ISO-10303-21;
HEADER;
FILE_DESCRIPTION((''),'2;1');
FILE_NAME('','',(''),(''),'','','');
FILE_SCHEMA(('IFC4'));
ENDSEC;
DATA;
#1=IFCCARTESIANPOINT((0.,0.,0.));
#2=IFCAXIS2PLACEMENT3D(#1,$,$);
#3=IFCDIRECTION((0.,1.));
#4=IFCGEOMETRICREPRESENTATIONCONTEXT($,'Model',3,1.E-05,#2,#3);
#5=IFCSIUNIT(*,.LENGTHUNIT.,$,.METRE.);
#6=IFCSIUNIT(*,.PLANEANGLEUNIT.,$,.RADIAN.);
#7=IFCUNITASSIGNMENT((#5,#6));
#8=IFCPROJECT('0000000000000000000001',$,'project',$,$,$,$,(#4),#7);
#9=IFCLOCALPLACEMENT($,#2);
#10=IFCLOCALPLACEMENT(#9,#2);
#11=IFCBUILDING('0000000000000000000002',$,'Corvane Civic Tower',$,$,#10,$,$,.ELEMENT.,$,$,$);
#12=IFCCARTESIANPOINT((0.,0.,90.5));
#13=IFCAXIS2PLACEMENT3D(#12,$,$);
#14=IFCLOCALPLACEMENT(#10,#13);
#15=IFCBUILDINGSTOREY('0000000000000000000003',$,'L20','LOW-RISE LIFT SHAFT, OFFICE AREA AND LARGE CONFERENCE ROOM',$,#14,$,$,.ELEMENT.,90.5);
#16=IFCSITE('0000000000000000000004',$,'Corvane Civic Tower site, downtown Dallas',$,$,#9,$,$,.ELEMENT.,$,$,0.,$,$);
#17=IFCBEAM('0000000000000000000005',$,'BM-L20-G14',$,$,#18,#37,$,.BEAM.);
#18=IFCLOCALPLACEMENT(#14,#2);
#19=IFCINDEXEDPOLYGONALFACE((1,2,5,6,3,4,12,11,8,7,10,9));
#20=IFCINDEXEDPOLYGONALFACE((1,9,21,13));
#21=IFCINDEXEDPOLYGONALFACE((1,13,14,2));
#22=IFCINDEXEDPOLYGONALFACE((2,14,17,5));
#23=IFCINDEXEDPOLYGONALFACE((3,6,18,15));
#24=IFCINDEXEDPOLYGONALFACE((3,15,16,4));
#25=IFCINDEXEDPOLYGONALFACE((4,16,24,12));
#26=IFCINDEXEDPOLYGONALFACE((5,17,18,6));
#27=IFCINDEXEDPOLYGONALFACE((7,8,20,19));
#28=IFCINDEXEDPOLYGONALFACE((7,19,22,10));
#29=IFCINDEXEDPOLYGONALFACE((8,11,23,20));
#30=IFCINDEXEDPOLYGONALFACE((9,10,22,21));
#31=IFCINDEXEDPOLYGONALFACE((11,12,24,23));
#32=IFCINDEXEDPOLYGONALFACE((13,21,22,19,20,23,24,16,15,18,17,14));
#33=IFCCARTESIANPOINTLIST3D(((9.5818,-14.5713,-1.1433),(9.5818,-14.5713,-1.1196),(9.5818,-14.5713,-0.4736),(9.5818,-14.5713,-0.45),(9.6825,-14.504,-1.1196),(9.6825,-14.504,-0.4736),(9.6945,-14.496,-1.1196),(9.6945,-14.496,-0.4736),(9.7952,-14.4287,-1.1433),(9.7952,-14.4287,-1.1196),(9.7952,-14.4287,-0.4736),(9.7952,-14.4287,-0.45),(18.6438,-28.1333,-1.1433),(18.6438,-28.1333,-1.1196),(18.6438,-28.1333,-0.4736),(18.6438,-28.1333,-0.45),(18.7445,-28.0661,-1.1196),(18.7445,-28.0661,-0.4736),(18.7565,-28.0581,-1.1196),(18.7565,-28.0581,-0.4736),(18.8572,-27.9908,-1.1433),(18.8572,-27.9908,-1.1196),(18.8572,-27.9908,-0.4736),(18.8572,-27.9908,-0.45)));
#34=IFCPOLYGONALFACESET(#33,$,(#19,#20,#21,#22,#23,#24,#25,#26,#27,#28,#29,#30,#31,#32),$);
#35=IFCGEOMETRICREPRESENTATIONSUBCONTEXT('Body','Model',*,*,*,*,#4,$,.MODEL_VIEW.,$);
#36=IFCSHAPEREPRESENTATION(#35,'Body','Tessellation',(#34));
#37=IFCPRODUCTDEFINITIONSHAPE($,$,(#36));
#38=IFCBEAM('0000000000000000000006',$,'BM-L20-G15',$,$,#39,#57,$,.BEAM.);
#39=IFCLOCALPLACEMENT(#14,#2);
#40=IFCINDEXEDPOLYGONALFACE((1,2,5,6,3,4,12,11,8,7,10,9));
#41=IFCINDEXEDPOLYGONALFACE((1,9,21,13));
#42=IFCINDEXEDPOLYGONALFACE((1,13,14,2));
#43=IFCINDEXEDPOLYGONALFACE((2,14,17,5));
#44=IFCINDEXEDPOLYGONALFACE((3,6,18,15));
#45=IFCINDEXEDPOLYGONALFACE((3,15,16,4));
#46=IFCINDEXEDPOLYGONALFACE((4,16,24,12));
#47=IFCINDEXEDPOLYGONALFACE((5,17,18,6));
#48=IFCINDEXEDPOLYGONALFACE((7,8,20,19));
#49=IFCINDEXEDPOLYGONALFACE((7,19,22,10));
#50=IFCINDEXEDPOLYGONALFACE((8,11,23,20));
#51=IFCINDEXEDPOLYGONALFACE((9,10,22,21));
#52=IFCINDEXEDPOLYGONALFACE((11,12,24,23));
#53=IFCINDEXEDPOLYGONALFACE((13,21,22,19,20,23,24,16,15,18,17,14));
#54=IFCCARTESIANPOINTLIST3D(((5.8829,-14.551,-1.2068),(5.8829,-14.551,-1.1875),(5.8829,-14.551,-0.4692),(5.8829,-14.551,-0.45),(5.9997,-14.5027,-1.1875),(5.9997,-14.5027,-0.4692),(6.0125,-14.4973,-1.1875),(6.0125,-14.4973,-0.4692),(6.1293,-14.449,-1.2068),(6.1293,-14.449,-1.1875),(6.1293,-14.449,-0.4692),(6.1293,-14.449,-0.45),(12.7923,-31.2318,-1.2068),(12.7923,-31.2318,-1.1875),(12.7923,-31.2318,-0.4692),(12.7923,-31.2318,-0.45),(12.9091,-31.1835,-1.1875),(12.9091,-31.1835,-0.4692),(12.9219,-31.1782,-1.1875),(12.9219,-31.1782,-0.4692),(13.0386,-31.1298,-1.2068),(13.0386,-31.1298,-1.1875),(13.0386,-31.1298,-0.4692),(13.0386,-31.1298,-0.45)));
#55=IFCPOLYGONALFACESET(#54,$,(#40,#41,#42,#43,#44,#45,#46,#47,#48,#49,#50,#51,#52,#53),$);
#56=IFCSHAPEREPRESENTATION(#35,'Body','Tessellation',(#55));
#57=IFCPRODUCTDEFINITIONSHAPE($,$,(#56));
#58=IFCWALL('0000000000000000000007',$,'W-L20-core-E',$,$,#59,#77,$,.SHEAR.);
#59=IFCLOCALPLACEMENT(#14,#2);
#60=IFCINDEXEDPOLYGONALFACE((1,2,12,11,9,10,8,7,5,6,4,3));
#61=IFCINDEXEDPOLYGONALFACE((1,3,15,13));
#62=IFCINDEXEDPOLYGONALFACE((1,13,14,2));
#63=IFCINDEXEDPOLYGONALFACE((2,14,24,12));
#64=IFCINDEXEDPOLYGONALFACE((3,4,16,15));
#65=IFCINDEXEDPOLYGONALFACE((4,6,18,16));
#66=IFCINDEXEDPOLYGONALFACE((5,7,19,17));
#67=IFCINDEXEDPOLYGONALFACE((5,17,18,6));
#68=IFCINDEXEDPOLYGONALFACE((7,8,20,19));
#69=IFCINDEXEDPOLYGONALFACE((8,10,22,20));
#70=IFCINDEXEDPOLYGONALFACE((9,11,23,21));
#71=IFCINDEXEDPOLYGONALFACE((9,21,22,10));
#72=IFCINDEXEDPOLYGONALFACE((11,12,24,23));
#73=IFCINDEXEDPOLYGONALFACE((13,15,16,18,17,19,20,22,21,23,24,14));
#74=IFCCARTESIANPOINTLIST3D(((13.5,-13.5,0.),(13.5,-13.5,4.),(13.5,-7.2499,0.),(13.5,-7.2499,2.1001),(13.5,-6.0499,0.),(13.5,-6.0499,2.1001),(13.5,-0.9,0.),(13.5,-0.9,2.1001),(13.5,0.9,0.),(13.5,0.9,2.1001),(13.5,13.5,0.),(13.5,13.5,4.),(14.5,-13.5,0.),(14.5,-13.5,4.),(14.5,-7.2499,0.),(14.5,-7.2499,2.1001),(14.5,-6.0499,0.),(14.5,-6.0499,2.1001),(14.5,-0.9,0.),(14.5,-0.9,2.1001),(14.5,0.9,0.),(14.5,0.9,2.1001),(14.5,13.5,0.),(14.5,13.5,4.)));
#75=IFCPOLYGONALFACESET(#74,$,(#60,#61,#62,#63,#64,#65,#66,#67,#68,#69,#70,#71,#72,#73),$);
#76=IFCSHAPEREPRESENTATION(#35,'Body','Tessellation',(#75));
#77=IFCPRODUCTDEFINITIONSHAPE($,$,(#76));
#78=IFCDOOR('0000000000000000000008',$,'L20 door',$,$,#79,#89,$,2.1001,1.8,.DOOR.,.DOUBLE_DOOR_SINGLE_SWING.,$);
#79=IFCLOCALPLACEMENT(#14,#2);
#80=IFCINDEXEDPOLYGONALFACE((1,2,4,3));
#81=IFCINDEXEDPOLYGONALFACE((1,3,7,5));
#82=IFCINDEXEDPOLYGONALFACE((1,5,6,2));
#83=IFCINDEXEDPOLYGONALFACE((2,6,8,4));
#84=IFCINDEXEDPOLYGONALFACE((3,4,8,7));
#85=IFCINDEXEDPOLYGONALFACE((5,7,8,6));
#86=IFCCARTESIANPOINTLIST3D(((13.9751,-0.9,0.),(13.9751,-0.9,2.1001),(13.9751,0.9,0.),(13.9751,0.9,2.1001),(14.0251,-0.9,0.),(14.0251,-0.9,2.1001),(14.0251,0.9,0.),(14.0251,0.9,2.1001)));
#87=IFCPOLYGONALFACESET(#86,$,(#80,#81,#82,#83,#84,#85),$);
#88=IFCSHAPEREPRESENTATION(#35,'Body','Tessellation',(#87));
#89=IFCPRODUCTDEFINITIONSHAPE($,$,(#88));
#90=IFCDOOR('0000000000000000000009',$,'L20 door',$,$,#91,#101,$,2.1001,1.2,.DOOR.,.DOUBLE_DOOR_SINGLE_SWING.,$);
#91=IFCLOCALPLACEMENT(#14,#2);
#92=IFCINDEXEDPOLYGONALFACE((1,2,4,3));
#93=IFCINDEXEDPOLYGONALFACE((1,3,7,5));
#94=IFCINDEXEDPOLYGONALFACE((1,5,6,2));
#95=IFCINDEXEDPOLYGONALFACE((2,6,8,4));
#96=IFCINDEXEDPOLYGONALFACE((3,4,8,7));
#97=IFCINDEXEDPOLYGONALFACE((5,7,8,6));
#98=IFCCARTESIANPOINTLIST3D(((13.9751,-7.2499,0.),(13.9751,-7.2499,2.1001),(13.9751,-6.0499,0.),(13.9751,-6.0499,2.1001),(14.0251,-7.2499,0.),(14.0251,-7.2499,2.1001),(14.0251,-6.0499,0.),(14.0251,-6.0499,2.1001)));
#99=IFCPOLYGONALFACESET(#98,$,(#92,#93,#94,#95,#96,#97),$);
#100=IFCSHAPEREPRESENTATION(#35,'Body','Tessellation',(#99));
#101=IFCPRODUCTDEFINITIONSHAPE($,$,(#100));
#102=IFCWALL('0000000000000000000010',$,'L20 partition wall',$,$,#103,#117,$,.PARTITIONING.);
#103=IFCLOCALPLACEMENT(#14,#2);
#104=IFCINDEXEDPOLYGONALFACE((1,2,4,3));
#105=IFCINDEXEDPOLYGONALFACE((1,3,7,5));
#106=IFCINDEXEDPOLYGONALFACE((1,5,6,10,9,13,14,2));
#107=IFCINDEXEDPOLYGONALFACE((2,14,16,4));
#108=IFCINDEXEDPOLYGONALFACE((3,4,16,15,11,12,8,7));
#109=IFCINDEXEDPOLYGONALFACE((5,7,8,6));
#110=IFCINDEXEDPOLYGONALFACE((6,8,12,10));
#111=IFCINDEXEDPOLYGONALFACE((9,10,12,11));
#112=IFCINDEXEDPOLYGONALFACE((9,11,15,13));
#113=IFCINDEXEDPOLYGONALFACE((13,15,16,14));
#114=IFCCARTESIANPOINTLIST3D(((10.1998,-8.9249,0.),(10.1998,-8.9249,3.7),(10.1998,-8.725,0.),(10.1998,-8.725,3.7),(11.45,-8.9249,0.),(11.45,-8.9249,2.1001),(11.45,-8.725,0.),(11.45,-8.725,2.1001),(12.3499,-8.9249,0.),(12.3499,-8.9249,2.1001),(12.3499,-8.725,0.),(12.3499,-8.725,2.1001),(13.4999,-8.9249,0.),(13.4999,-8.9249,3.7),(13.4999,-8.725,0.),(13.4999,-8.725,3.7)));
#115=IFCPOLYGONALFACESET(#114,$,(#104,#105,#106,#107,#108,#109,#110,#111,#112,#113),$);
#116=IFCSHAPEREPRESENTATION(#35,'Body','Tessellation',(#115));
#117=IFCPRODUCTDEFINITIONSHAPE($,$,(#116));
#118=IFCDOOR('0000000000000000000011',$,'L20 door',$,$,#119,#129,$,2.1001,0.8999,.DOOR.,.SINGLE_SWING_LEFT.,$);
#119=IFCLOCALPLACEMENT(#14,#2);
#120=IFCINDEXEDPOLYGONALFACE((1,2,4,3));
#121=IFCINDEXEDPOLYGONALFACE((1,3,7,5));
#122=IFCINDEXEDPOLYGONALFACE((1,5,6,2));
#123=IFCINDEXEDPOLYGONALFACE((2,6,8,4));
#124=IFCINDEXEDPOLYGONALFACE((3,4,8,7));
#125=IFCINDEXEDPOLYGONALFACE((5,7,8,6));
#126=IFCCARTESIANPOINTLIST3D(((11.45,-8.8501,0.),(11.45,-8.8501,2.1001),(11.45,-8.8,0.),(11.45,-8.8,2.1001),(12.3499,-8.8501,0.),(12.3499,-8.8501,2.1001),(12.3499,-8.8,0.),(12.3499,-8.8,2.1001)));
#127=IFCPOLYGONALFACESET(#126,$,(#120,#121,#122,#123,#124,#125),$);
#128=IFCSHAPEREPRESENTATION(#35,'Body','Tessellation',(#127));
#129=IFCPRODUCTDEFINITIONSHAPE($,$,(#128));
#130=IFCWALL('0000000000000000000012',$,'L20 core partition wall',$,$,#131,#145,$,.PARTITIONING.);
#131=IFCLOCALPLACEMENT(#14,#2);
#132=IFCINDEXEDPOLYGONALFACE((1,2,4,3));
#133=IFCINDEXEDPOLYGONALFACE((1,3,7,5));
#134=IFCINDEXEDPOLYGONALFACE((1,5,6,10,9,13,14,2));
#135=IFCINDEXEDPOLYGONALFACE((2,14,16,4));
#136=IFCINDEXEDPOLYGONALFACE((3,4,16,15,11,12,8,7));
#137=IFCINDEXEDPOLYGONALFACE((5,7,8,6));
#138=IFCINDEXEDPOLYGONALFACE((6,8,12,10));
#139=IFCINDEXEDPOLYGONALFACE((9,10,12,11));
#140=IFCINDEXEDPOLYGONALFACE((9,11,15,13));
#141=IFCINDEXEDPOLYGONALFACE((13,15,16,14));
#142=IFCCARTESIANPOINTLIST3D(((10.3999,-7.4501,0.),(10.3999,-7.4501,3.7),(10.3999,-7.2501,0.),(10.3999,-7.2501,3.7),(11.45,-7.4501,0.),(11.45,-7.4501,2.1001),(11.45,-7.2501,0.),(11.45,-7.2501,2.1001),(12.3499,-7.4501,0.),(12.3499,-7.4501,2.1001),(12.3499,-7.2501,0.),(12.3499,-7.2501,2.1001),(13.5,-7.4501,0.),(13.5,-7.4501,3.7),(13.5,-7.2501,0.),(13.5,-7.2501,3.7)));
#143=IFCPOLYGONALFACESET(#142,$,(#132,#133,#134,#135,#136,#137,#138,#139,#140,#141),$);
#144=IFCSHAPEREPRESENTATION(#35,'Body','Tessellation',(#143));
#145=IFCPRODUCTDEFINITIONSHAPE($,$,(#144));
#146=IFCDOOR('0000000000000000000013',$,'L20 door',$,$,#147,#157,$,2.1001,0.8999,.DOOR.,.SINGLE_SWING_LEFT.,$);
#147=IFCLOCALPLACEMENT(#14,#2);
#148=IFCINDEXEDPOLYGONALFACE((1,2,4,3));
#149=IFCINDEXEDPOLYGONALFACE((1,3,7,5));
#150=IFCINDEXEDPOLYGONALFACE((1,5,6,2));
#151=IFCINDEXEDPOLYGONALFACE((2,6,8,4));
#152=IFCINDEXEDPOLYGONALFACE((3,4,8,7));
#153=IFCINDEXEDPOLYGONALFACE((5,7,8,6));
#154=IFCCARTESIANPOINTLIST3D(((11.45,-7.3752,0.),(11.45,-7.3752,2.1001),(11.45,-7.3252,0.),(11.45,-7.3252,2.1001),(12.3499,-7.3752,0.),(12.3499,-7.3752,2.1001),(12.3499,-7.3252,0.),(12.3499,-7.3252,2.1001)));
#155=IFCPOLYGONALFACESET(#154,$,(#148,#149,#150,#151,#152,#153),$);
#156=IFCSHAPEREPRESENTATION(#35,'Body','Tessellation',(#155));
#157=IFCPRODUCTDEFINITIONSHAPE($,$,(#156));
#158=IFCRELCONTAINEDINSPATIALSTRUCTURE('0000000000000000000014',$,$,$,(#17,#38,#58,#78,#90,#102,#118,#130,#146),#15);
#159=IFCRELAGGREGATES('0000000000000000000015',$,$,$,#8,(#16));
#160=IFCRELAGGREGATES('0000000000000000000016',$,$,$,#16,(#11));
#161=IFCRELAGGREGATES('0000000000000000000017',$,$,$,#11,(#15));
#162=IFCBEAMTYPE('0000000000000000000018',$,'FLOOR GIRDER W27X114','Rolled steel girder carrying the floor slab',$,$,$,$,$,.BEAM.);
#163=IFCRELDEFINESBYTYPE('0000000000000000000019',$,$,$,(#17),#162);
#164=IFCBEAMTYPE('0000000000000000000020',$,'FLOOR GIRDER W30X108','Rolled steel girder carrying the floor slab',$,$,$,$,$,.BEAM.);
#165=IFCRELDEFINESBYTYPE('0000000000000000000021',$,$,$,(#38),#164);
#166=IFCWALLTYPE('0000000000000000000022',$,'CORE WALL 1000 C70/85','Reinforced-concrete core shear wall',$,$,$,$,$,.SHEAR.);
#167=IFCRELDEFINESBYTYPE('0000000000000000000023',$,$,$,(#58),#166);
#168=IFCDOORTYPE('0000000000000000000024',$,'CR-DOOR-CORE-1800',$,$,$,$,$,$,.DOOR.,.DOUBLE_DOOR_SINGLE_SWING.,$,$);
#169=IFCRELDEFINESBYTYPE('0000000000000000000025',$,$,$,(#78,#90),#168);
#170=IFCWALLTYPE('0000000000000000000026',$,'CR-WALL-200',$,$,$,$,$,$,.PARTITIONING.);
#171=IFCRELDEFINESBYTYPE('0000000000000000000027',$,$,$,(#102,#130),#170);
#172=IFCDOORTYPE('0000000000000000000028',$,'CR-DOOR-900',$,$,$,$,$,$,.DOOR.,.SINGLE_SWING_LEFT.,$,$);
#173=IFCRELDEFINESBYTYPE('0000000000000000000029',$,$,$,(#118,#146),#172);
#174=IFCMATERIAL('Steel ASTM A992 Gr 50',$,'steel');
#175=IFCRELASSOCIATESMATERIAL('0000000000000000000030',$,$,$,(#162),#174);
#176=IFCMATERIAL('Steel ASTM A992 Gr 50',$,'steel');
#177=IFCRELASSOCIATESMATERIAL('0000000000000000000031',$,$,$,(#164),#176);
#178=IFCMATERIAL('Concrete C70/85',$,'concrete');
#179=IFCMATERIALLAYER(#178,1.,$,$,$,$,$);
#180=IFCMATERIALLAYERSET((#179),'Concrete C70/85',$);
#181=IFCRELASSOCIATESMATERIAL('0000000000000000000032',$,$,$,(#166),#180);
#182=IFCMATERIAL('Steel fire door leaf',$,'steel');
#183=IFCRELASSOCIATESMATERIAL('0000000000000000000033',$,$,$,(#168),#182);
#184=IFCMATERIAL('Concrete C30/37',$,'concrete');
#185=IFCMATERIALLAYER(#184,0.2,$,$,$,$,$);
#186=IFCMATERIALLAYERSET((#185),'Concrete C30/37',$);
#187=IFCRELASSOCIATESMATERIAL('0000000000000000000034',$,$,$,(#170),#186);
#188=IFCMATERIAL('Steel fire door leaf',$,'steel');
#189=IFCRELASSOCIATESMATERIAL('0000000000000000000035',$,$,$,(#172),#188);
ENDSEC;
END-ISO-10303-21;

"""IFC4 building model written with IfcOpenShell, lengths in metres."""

from ifc_helpers import new_model, si_unit, direction, frame, frame_2d, origin, origin_2d, place, context, subcontext, project, spatial, rectangle, i_section, extrude, material, layer, layer_set, material_profile, profile_set, type_object, element, fill, save


model = new_model("IFC4")

# Units and contexts
model_context = context("Model", 3, precision=1e-05, world=origin(), true_north=direction((0.0, 1.0)))
body_context = subcontext(model_context, "Body", "Model", "MODEL_VIEW")
ifc_project = project(units=[si_unit("LENGTHUNIT", "METRE"), si_unit("PLANEANGLEUNIT", "RADIAN")], contexts=[model_context])

# Site, building, storey
site_placement = place(None, origin())
site = spatial("IfcSite", under=ifc_project, at=site_placement, Name="Corvane Civic Tower site, downtown Dallas", CompositionType="ELEMENT", RefElevation=0.0)
building_placement = place(site_placement, origin())
building = spatial("IfcBuilding", under=site, at=building_placement, Name="Corvane Civic Tower", CompositionType="ELEMENT")
storey_placement = place(building_placement, frame((0.0, 0.0, 90.5)))
storey = spatial("IfcBuildingStorey", under=building, at=storey_placement, Name="L20", Description="LOW-RISE LIFT SHAFT, OFFICE AREA AND LARGE CONFERENCE ROOM", CompositionType="ELEMENT", Elevation=90.5)

# Beams
ifc_material_1 = material(Name="Steel ASTM A992 Gr 50", Category="steel")
ifc_material_profile_1 = material_profile(ifc_material_1, i_section(OverallWidth=0.2566, OverallDepth=0.6934, WebThickness=0.0144, FlangeThickness=0.0237, at=origin_2d()), Name="W27X114")
ifc_profile_set_1 = profile_set([ifc_material_profile_1], Name="Steel ASTM A992 Gr 50")
beam_type_1 = type_object("IfcBeamType", Name="FLOOR GIRDER W27X114", Description="Rolled steel girder carrying the floor slab", PredefinedType="BEAM", material=ifc_profile_set_1)
beam_1_placement = place(storey_placement, frame((9.6885, -14.5, -0.7966), z_axis=(0.555577, -0.831465, 0.0), x_axis=(0.831465, 0.555577, 0.0)))
element("IfcBeam", 1, at=beam_1_placement, inside=storey, type_object=beam_type_1, Name="BM-L20-G14", PredefinedType="BEAM", context=body_context, shape_type="SweptSolid", body=[
    extrude(i_section(OverallWidth=0.2566, OverallDepth=0.6934, WebThickness=0.0144, FlangeThickness=0.0237, at=origin_2d()), origin(), (0.0, 0.0, 1.0), 16.311),
])
ifc_material_2 = material(Name="Steel ASTM A992 Gr 50", Category="steel")
ifc_material_profile_2 = material_profile(ifc_material_2, i_section(OverallWidth=0.2666, OverallDepth=0.7568, WebThickness=0.0139, FlangeThickness=0.0193, at=origin_2d()), Name="W30X108")
ifc_profile_set_2 = profile_set([ifc_material_profile_2], Name="Steel ASTM A992 Gr 50")
beam_type_2 = type_object("IfcBeamType", Name="FLOOR GIRDER W30X108", Description="Rolled steel girder carrying the floor slab", PredefinedType="BEAM", material=ifc_profile_set_2)
beam_2_placement = place(storey_placement, frame((6.0061, -14.5, -0.8284), z_axis=(0.382682, -0.92388, 0.0), x_axis=(0.92388, 0.382682, 0.0)))
element("IfcBeam", 2, at=beam_2_placement, inside=storey, type_object=beam_type_2, Name="BM-L20-G15", PredefinedType="BEAM", context=body_context, shape_type="SweptSolid", body=[
    extrude(i_section(OverallWidth=0.2666, OverallDepth=0.7568, WebThickness=0.0139, FlangeThickness=0.0193, at=origin_2d()), origin(), (0.0, 0.0, 1.0), 18.0552),
])

# Wall, openings, doors
ifc_material_3 = material(Name="Concrete C70/85", Category="concrete")
ifc_layer_1 = layer(ifc_material_3, 1.0)
ifc_layer_set_1 = layer_set([ifc_layer_1], Name="Concrete C70/85")
wall_type_1 = type_object("IfcWallType", Name="CORE WALL 1000 C70/85", Description="Reinforced-concrete core shear wall", PredefinedType="SHEAR", material=ifc_layer_set_1)
wall_1_placement = place(storey_placement, frame((14.0, -13.5, 0.0), z_axis=(0.0, 0.0, 1.0), x_axis=(0.0, 1.0, 0.0)))
wall_1 = element("IfcWall", 3, at=wall_1_placement, inside=storey, type_object=wall_type_1, Name="W-L20-core-E", PredefinedType="SHEAR", context=body_context, shape_type="SweptSolid", body=[
    extrude(rectangle(XDim=27.0, YDim=1.0, at=frame_2d((13.5, 0.0))), origin(), (0.0, 0.0, 1.0), 4.0),
])
opening_1_placement = place(wall_1_placement, frame((12.6001, 0.0, 0.0)))
opening_1 = element("IfcOpeningElement", 4, at=opening_1_placement, cuts=wall_1, PredefinedType="OPENING", context=body_context, shape_type="SweptSolid", body=[
    extrude(rectangle(XDim=1.8, YDim=2.1001, at=frame_2d((0.8999, 1.05))), frame((0.0, 0.51, 0.0), z_axis=(0.0, -1.0, 0.0), x_axis=(1.0, 0.0, 0.0)), (0.0, 0.0, 1.0), 1.02),
])
opening_2_placement = place(wall_1_placement, frame((6.25, 0.0, 0.0)))
opening_2 = element("IfcOpeningElement", 5, at=opening_2_placement, cuts=wall_1, PredefinedType="OPENING", context=body_context, shape_type="SweptSolid", body=[
    extrude(rectangle(XDim=1.2, YDim=2.1001, at=frame_2d((0.6001, 1.05))), frame((0.0, 0.51, 0.0), z_axis=(0.0, -1.0, 0.0), x_axis=(1.0, 0.0, 0.0)), (0.0, 0.0, 1.0), 1.02),
])
ifc_material_4 = material(Name="Steel fire door leaf", Category="steel")
door_type_1 = type_object("IfcDoorType", Name="CR-DOOR-CORE-1800", OperationType="DOUBLE_DOOR_SINGLE_SWING", PredefinedType="DOOR", material=ifc_material_4)
door_1_placement = place(opening_1_placement, origin())
door_1 = element("IfcDoor", 6, at=door_1_placement, inside=storey, type_object=door_type_1, Name="L20 door", OperationType="DOUBLE_DOOR_SINGLE_SWING", OverallHeight=2.1001, OverallWidth=1.8, PredefinedType="DOOR", context=body_context, shape_type="SweptSolid", body=[
    extrude(rectangle(XDim=1.8, YDim=2.1001, at=frame_2d((0.8999, 1.05))), frame((0.0, 0.0249, 0.0), z_axis=(0.0, -1.0, 0.0), x_axis=(1.0, 0.0, 0.0)), (0.0, 0.0, 1.0), 0.05),
])
fill(opening_1, door_1)
door_2_placement = place(opening_2_placement, origin())
door_2 = element("IfcDoor", 7, at=door_2_placement, inside=storey, type_object=door_type_1, Name="L20 door", OperationType="DOUBLE_DOOR_SINGLE_SWING", OverallHeight=2.1001, OverallWidth=1.2, PredefinedType="DOOR", context=body_context, shape_type="SweptSolid", body=[
    extrude(rectangle(XDim=1.2, YDim=2.1001, at=frame_2d((0.6001, 1.05))), frame((0.0, 0.0249, 0.0), z_axis=(0.0, -1.0, 0.0), x_axis=(1.0, 0.0, 0.0)), (0.0, 0.0, 1.0), 0.05),
])
fill(opening_2, door_2)

# Walls, openings, doors
ifc_material_5 = material(Name="Concrete C30/37", Category="concrete")
ifc_layer_2 = layer(ifc_material_5, 0.2)
ifc_layer_set_2 = layer_set([ifc_layer_2], Name="Concrete C30/37")
wall_type_2 = type_object("IfcWallType", Name="CR-WALL-200", PredefinedType="PARTITIONING", material=ifc_layer_set_2)
wall_2_placement = place(storey_placement, frame((10.2, -8.825, 0.0), z_axis=(0.0, 0.0, 1.0), x_axis=(1.0, 0.0, 0.0)))
wall_2 = element("IfcWall", 8, at=wall_2_placement, inside=storey, type_object=wall_type_2, Name="L20 partition wall", PredefinedType="PARTITIONING", context=body_context, shape_type="SweptSolid", body=[
    extrude(rectangle(XDim=3.3, YDim=0.2, at=frame_2d((1.6499, 0.0))), origin(), (0.0, 0.0, 1.0), 3.7),
])
opening_3_placement = place(wall_2_placement, frame((1.25, 0.0, 0.0)))
opening_3 = element("IfcOpeningElement", 9, at=opening_3_placement, cuts=wall_2, PredefinedType="OPENING", context=body_context, shape_type="SweptSolid", body=[
    extrude(rectangle(XDim=0.8999, YDim=2.1001, at=frame_2d((0.45, 1.05))), frame((0.0, 0.1099, 0.0), z_axis=(0.0, -1.0, 0.0), x_axis=(1.0, 0.0, 0.0)), (0.0, 0.0, 1.0), 0.22),
])
ifc_material_6 = material(Name="Steel fire door leaf", Category="steel")
door_type_2 = type_object("IfcDoorType", Name="CR-DOOR-900", OperationType="SINGLE_SWING_LEFT", PredefinedType="DOOR", material=ifc_material_6)
door_3_placement = place(opening_3_placement, origin())
door_3 = element("IfcDoor", 10, at=door_3_placement, inside=storey, type_object=door_type_2, Name="L20 door", OperationType="SINGLE_SWING_LEFT", OverallHeight=2.1001, OverallWidth=0.8999, PredefinedType="DOOR", context=body_context, shape_type="SweptSolid", body=[
    extrude(rectangle(XDim=0.8999, YDim=2.1001, at=frame_2d((0.45, 1.05))), frame((0.0, 0.0249, 0.0), z_axis=(0.0, -1.0, 0.0), x_axis=(1.0, 0.0, 0.0)), (0.0, 0.0, 1.0), 0.05),
])
fill(opening_3, door_3)
wall_3_placement = place(storey_placement, frame((10.3999, -7.3501, 0.0), z_axis=(0.0, 0.0, 1.0), x_axis=(1.0, 0.0, 0.0)))
wall_3 = element("IfcWall", 11, at=wall_3_placement, inside=storey, type_object=wall_type_2, Name="L20 core partition wall", PredefinedType="PARTITIONING", context=body_context, shape_type="SweptSolid", body=[
    extrude(rectangle(XDim=3.1001, YDim=0.2, at=frame_2d((1.55, 0.0))), origin(), (0.0, 0.0, 1.0), 3.7),
])
opening_4_placement = place(wall_3_placement, frame((1.05, 0.0, 0.0)))
opening_4 = element("IfcOpeningElement", 12, at=opening_4_placement, cuts=wall_3, PredefinedType="OPENING", context=body_context, shape_type="SweptSolid", body=[
    extrude(rectangle(XDim=0.8999, YDim=2.1001, at=frame_2d((0.45, 1.05))), frame((0.0, 0.1099, 0.0), z_axis=(0.0, -1.0, 0.0), x_axis=(1.0, 0.0, 0.0)), (0.0, 0.0, 1.0), 0.22),
])
door_4_placement = place(opening_4_placement, origin())
door_4 = element("IfcDoor", 13, at=door_4_placement, inside=storey, type_object=door_type_2, Name="L20 door", OperationType="SINGLE_SWING_LEFT", OverallHeight=2.1001, OverallWidth=0.8999, PredefinedType="DOOR", context=body_context, shape_type="SweptSolid", body=[
    extrude(rectangle(XDim=0.8999, YDim=2.1001, at=frame_2d((0.45, 1.05))), frame((0.0, 0.0249, 0.0), z_axis=(0.0, -1.0, 0.0), x_axis=(1.0, 0.0, 0.0)), (0.0, 0.0, 1.0), 0.05),
])
fill(opening_4, door_4)

save(model, "model.ifc")
